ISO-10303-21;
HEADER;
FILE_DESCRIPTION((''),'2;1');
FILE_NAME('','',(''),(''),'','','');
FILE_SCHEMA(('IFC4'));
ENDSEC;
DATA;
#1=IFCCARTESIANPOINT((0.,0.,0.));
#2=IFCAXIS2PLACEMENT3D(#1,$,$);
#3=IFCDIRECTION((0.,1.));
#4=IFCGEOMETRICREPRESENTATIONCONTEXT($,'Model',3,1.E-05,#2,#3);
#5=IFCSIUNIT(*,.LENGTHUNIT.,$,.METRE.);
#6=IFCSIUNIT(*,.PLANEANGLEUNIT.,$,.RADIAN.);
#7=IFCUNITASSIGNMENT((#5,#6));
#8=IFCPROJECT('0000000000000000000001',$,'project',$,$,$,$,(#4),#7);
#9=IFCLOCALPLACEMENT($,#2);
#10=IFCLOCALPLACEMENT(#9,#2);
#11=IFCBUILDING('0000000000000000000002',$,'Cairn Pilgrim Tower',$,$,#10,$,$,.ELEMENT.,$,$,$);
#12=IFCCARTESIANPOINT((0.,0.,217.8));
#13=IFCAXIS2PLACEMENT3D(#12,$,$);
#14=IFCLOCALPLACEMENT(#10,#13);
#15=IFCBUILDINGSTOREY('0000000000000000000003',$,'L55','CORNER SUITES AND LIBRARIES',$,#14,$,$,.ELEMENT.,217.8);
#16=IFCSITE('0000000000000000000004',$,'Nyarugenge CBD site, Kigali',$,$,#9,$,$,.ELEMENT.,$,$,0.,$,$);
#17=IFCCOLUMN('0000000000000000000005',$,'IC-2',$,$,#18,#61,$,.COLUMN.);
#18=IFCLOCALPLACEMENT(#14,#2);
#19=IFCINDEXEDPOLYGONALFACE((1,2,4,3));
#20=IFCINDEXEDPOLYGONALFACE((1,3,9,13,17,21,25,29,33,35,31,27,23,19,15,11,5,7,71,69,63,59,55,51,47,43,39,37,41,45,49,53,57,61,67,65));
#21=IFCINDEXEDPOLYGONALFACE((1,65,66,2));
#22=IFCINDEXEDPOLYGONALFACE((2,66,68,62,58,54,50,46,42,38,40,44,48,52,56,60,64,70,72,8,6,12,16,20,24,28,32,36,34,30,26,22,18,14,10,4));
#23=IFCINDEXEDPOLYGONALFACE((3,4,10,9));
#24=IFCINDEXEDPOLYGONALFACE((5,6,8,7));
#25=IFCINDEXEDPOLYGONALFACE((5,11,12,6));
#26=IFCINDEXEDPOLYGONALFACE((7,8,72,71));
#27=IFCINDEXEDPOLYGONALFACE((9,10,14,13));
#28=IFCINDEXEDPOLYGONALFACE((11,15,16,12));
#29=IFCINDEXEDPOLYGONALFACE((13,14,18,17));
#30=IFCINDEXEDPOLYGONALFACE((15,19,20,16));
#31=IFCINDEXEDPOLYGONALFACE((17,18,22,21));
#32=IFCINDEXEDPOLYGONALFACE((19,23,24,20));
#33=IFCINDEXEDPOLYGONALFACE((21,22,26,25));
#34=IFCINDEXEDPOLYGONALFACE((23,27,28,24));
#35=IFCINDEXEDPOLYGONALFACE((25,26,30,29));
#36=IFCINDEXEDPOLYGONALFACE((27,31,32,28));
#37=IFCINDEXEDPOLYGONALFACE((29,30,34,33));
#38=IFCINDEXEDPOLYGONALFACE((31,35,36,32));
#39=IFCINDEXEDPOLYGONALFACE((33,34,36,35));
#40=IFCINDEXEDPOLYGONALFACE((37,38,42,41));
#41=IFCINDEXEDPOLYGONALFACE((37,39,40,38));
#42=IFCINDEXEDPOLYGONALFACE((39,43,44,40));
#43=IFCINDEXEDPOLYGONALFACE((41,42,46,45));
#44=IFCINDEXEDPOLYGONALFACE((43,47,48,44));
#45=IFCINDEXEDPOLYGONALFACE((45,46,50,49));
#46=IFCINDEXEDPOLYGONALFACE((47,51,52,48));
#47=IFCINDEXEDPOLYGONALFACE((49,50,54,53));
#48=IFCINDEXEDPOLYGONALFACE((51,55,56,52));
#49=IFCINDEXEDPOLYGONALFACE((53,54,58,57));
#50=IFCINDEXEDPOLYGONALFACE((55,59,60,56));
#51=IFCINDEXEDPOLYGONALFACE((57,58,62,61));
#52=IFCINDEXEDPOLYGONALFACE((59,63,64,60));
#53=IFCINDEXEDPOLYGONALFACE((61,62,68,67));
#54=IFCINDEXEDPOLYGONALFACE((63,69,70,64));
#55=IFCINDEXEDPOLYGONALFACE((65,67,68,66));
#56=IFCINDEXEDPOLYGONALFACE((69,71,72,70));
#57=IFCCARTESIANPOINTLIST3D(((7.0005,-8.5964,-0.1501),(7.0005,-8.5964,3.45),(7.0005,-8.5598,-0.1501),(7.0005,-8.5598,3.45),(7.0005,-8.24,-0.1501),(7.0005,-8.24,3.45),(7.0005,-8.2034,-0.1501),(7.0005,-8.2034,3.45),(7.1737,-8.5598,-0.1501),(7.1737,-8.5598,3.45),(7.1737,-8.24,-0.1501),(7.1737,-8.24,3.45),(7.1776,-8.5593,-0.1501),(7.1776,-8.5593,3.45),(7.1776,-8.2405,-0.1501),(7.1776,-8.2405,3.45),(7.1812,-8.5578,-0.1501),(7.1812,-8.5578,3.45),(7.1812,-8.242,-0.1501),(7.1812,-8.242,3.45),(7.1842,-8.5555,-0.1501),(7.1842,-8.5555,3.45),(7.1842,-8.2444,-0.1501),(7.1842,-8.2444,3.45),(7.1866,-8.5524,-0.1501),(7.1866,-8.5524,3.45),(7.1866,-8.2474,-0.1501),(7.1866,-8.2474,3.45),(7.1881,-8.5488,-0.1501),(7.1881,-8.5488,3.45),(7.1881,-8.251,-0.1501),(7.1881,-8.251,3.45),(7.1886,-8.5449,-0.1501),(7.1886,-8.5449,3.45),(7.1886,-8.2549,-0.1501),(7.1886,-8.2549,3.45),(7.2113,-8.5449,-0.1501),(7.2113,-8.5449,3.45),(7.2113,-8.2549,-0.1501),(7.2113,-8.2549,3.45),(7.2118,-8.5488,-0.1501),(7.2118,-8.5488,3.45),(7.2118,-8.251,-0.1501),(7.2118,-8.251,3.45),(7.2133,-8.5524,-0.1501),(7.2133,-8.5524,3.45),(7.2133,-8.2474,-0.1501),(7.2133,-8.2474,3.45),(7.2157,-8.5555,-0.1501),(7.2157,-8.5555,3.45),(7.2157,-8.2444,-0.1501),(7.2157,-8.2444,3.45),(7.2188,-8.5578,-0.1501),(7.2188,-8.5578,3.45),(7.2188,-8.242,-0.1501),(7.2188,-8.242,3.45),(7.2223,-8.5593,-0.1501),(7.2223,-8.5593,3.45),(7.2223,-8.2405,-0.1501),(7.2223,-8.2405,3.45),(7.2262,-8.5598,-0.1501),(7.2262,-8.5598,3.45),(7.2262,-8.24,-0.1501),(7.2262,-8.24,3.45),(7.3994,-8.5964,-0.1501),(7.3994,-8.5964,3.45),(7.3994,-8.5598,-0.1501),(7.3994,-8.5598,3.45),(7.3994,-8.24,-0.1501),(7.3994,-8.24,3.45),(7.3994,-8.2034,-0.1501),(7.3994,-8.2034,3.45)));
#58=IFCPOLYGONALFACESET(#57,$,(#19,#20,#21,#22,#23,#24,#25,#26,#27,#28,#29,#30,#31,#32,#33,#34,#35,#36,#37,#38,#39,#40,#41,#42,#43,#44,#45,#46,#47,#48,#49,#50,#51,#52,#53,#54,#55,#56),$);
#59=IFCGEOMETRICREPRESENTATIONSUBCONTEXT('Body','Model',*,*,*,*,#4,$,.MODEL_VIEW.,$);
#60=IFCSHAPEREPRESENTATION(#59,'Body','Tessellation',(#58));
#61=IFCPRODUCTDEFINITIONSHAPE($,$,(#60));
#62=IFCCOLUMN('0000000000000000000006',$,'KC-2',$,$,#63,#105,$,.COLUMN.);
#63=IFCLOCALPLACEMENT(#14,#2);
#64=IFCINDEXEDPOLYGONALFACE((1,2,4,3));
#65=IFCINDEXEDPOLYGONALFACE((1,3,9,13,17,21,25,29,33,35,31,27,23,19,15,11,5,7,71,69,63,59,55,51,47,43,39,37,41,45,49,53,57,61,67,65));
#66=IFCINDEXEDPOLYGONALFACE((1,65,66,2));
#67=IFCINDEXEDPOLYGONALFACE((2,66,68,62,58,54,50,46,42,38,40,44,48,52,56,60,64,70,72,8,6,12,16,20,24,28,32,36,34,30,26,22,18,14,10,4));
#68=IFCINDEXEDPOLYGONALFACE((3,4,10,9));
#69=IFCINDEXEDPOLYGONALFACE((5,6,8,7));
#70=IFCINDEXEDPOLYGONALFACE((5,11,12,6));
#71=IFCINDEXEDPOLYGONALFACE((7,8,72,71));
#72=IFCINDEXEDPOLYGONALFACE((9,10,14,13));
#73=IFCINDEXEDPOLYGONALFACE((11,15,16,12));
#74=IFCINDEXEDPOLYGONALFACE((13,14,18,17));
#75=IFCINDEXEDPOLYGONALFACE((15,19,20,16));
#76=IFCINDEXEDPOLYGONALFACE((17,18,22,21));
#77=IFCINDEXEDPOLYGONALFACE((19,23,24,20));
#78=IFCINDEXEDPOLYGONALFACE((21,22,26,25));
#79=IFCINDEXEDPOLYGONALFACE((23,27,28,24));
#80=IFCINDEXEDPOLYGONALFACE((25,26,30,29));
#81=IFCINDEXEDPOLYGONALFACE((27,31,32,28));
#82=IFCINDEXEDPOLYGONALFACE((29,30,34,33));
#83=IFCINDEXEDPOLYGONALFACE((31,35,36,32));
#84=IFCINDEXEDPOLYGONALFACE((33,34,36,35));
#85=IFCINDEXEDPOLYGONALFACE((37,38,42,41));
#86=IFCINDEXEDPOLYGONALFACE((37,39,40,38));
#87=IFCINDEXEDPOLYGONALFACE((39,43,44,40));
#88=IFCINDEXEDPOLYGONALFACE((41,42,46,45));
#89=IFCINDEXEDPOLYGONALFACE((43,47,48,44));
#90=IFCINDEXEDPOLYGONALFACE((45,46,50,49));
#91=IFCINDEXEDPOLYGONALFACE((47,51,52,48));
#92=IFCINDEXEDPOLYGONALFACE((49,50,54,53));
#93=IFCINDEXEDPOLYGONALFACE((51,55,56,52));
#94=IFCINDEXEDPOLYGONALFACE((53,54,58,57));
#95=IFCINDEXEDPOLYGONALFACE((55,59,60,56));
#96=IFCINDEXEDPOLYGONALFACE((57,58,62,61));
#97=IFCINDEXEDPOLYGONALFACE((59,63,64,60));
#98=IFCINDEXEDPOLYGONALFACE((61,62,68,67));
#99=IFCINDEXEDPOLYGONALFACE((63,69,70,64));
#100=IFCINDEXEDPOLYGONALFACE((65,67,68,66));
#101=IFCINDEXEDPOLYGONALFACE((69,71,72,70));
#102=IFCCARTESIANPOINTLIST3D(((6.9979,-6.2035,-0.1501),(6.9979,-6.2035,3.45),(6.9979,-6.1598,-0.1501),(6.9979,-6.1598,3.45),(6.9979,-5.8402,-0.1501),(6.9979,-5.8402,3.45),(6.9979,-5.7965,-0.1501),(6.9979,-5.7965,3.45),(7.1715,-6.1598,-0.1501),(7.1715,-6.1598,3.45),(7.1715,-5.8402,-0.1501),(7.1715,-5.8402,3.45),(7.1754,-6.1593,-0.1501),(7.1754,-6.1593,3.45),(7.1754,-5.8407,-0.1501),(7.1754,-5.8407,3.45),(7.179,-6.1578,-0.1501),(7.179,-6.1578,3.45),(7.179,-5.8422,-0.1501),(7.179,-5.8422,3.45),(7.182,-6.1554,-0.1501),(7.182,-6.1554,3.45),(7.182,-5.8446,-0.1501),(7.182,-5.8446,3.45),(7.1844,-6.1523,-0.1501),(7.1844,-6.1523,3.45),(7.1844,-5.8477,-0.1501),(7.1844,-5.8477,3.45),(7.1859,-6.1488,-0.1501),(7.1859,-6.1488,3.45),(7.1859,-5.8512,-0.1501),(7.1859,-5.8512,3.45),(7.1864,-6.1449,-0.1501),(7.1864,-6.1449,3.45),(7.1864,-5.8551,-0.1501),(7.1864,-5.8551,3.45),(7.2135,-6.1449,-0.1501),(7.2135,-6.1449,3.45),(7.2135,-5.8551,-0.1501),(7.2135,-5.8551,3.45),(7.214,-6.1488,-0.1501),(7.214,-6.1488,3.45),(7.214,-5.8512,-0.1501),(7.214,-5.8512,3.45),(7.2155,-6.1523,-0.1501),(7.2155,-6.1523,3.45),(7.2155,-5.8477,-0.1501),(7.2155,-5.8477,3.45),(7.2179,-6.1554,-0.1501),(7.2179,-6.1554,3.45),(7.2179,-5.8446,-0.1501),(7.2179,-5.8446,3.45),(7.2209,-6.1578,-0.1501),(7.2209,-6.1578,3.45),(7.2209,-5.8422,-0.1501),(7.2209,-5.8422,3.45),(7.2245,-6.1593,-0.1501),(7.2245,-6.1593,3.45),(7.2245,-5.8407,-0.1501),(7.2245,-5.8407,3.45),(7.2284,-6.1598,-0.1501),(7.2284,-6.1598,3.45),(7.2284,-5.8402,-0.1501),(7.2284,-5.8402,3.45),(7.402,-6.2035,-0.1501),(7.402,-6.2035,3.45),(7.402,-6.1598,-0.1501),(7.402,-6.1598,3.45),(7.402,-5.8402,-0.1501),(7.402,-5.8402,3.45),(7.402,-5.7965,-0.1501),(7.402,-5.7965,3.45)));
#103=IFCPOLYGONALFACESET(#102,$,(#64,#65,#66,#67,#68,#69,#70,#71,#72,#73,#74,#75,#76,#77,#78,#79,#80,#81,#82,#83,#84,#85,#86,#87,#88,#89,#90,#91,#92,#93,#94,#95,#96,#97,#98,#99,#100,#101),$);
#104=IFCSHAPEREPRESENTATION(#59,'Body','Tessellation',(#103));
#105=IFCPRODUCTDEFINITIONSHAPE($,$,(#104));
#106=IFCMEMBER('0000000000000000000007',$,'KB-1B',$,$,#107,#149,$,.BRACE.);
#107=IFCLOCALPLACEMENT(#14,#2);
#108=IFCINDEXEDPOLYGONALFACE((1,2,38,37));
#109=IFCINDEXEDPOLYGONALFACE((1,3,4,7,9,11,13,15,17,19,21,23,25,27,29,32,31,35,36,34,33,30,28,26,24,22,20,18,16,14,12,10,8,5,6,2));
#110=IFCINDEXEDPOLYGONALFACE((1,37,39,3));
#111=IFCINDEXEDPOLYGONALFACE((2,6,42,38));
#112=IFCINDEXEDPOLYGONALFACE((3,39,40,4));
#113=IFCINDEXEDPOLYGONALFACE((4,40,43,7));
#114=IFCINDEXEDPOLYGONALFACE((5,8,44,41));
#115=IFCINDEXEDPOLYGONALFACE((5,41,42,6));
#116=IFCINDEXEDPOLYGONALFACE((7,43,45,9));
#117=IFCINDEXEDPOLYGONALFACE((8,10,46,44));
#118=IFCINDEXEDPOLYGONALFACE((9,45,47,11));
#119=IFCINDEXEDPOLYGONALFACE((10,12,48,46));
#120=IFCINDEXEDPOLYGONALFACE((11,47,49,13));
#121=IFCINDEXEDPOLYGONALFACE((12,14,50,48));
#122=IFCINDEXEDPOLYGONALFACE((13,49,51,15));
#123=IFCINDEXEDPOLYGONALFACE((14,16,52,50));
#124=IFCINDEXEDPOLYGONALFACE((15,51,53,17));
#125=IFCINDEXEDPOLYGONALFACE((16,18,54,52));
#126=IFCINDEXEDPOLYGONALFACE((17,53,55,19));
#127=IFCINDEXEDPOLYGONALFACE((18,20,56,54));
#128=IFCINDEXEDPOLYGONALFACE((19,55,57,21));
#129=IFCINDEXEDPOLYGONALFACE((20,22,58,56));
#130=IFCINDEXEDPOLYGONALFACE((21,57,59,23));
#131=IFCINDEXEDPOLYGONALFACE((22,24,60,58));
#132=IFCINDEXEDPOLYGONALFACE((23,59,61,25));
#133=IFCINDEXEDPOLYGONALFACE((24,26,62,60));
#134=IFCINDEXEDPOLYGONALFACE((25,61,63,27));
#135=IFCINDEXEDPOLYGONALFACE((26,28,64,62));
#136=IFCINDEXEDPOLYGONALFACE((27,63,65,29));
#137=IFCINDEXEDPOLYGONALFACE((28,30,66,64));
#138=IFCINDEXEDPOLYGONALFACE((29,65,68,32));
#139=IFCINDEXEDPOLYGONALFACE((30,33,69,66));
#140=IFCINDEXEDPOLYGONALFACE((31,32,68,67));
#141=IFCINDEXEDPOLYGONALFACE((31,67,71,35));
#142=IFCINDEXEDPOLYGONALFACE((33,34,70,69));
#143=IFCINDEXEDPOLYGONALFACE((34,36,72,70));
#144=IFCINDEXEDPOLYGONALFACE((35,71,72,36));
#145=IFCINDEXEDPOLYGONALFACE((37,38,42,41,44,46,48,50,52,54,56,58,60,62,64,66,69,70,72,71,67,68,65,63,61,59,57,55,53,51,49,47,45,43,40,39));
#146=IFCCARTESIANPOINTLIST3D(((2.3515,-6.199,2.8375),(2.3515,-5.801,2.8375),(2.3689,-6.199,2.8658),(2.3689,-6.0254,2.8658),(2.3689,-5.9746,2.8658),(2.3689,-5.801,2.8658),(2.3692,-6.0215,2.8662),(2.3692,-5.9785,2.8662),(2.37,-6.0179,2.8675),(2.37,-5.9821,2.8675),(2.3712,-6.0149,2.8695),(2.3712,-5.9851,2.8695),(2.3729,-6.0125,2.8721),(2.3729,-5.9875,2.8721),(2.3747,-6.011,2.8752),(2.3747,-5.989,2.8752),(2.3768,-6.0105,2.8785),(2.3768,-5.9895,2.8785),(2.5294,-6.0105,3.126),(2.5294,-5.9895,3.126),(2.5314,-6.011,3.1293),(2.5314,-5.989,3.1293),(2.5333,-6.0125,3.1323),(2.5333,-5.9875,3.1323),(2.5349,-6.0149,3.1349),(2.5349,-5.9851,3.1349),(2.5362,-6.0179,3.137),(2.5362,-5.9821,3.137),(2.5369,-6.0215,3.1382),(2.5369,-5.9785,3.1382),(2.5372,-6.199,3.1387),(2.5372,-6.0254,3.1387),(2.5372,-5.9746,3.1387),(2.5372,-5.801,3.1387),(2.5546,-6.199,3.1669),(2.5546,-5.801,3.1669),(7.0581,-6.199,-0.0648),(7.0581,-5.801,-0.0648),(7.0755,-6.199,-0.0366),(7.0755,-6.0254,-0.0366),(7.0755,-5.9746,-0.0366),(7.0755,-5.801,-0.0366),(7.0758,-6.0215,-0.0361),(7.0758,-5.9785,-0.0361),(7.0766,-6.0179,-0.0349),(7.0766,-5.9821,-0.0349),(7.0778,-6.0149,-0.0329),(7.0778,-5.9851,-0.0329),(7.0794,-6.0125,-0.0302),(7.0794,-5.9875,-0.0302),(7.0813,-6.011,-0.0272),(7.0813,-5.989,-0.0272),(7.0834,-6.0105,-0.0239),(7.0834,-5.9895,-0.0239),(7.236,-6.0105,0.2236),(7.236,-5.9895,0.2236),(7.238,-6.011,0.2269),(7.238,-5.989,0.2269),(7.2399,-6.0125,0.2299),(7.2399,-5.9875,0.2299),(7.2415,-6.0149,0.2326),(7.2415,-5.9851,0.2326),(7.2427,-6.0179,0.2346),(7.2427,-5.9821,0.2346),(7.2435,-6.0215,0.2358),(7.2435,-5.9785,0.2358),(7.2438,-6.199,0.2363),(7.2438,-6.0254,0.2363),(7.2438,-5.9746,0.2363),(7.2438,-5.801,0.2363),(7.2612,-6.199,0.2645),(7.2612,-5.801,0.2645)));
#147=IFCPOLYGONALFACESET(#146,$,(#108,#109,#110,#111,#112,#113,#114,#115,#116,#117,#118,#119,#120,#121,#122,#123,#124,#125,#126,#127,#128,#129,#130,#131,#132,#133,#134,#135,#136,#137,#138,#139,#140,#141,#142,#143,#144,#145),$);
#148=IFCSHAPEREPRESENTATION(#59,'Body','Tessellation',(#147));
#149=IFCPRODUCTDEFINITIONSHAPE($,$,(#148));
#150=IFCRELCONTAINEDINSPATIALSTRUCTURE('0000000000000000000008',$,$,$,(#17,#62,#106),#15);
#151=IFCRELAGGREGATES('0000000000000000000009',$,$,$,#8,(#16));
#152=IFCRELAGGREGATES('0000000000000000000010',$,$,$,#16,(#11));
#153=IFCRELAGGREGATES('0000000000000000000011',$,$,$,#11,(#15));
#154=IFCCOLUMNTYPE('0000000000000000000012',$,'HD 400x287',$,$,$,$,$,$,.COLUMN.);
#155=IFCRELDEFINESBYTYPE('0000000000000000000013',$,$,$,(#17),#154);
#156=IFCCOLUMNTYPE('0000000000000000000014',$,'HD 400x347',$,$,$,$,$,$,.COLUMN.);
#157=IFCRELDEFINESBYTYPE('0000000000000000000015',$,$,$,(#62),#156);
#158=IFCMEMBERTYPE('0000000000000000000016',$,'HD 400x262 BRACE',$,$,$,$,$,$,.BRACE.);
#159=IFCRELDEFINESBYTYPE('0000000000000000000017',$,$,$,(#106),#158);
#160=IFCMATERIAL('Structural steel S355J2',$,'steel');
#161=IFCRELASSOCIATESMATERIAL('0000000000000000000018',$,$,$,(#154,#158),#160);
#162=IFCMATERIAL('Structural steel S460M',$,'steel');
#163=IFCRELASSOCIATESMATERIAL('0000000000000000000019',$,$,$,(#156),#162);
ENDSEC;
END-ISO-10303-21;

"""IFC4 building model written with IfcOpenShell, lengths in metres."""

from ifc_helpers import new_model, si_unit, direction, frame, origin, origin_2d, place, context, subcontext, project, spatial, i_section, extrude, material, material_profile, profile_set, type_object, element, save


model = new_model("IFC4")

# Units and contexts
model_context = context("Model", 3, precision=1e-05, world=origin(), true_north=direction((0.0, 1.0)))
body_context = subcontext(model_context, "Body", "Model", "MODEL_VIEW")
ifc_project = project(units=[si_unit("LENGTHUNIT", "METRE"), si_unit("PLANEANGLEUNIT", "RADIAN")], contexts=[model_context])

# Site, building, storey
site_placement = place(None, origin())
site = spatial("IfcSite", under=ifc_project, at=site_placement, Name="Nyarugenge CBD site, Kigali", CompositionType="ELEMENT", RefElevation=0.0)
building_placement = place(site_placement, origin())
building = spatial("IfcBuilding", under=site, at=building_placement, Name="Cairn Pilgrim Tower", CompositionType="ELEMENT")
storey_placement = place(building_placement, frame((0.0, 0.0, 217.8)))
storey = spatial("IfcBuildingStorey", under=building, at=storey_placement, Name="L55", Description="CORNER SUITES AND LIBRARIES", CompositionType="ELEMENT", Elevation=217.8)

# Columns
ifc_material_1 = material(Name="Structural steel S355J2", Category="steel")
ifc_material_profile_1 = material_profile(ifc_material_1, i_section(OverallWidth=0.3989, OverallDepth=0.3931, WebThickness=0.0227, FlangeThickness=0.0366, FilletRadius=0.0149, at=origin_2d()), Name="HD 400x287")
ifc_profile_set_1 = profile_set([ifc_material_profile_1], Name="Structural steel S355J2")
column_type_1 = type_object("IfcColumnType", Name="HD 400x287", PredefinedType="COLUMN", material=ifc_profile_set_1)
column_1_placement = place(storey_placement, frame((7.2, -8.3999, -0.1501), z_axis=(0.0, 0.0, 1.0), x_axis=(1.0, 0.0, 0.0)))
element("IfcColumn", 1, at=column_1_placement, inside=storey, type_object=column_type_1, Name="IC-2", PredefinedType="COLUMN", context=body_context, shape_type="SweptSolid", body=[
    extrude(i_section(OverallWidth=0.3989, OverallDepth=0.3931, WebThickness=0.0227, FlangeThickness=0.0366, FilletRadius=0.0149, at=origin_2d()), origin(), (0.0, 0.0, 1.0), 3.6001),
])
ifc_material_2 = material(Name="Structural steel S460M", Category="steel")
ifc_material_profile_2 = material_profile(ifc_material_2, i_section(OverallWidth=0.4041, OverallDepth=0.407, WebThickness=0.0271, FlangeThickness=0.0437, FilletRadius=0.0149, at=origin_2d()), Name="HD 400x347")
ifc_profile_set_2 = profile_set([ifc_material_profile_2], Name="Structural steel S460M")
column_type_2 = type_object("IfcColumnType", Name="HD 400x347", PredefinedType="COLUMN", material=ifc_profile_set_2)
column_2_placement = place(storey_placement, frame((7.2, -6.0, -0.1501), z_axis=(0.0, 0.0, 1.0), x_axis=(1.0, 0.0, 0.0)))
element("IfcColumn", 2, at=column_2_placement, inside=storey, type_object=column_type_2, Name="KC-2", PredefinedType="COLUMN", context=body_context, shape_type="SweptSolid", body=[
    extrude(i_section(OverallWidth=0.4041, OverallDepth=0.407, WebThickness=0.0271, FlangeThickness=0.0437, FilletRadius=0.0149, at=origin_2d()), origin(), (0.0, 0.0, 1.0), 3.6001),
])

# Member
ifc_material_profile_3 = material_profile(ifc_material_1, i_section(OverallWidth=0.3979, OverallDepth=0.387, WebThickness=0.021, FlangeThickness=0.0332, FilletRadius=0.0149, at=origin_2d()), Name="HD 400x262")
ifc_profile_set_3 = profile_set([ifc_material_profile_3], Name="Structural steel S355J2")
member_type = type_object("IfcMemberType", Name="HD 400x262 BRACE", PredefinedType="BRACE", material=ifc_profile_set_3)
member_placement = place(storey_placement, frame((7.1597, -6.0, 0.0999), z_axis=(-0.851173, 0.0, 0.524886), x_axis=(0.0, -1.0, 0.0)))
element("IfcMember", 3, at=member_placement, inside=storey, type_object=member_type, Name="KB-1B", PredefinedType="BRACE", context=body_context, shape_type="SweptSolid", body=[
    extrude(i_section(OverallWidth=0.3979, OverallDepth=0.387, WebThickness=0.021, FlangeThickness=0.0332, FilletRadius=0.0149, at=origin_2d()), origin(), (0.0, 0.0, 1.0), 5.5295),
])

save(model, "model.ifc")
